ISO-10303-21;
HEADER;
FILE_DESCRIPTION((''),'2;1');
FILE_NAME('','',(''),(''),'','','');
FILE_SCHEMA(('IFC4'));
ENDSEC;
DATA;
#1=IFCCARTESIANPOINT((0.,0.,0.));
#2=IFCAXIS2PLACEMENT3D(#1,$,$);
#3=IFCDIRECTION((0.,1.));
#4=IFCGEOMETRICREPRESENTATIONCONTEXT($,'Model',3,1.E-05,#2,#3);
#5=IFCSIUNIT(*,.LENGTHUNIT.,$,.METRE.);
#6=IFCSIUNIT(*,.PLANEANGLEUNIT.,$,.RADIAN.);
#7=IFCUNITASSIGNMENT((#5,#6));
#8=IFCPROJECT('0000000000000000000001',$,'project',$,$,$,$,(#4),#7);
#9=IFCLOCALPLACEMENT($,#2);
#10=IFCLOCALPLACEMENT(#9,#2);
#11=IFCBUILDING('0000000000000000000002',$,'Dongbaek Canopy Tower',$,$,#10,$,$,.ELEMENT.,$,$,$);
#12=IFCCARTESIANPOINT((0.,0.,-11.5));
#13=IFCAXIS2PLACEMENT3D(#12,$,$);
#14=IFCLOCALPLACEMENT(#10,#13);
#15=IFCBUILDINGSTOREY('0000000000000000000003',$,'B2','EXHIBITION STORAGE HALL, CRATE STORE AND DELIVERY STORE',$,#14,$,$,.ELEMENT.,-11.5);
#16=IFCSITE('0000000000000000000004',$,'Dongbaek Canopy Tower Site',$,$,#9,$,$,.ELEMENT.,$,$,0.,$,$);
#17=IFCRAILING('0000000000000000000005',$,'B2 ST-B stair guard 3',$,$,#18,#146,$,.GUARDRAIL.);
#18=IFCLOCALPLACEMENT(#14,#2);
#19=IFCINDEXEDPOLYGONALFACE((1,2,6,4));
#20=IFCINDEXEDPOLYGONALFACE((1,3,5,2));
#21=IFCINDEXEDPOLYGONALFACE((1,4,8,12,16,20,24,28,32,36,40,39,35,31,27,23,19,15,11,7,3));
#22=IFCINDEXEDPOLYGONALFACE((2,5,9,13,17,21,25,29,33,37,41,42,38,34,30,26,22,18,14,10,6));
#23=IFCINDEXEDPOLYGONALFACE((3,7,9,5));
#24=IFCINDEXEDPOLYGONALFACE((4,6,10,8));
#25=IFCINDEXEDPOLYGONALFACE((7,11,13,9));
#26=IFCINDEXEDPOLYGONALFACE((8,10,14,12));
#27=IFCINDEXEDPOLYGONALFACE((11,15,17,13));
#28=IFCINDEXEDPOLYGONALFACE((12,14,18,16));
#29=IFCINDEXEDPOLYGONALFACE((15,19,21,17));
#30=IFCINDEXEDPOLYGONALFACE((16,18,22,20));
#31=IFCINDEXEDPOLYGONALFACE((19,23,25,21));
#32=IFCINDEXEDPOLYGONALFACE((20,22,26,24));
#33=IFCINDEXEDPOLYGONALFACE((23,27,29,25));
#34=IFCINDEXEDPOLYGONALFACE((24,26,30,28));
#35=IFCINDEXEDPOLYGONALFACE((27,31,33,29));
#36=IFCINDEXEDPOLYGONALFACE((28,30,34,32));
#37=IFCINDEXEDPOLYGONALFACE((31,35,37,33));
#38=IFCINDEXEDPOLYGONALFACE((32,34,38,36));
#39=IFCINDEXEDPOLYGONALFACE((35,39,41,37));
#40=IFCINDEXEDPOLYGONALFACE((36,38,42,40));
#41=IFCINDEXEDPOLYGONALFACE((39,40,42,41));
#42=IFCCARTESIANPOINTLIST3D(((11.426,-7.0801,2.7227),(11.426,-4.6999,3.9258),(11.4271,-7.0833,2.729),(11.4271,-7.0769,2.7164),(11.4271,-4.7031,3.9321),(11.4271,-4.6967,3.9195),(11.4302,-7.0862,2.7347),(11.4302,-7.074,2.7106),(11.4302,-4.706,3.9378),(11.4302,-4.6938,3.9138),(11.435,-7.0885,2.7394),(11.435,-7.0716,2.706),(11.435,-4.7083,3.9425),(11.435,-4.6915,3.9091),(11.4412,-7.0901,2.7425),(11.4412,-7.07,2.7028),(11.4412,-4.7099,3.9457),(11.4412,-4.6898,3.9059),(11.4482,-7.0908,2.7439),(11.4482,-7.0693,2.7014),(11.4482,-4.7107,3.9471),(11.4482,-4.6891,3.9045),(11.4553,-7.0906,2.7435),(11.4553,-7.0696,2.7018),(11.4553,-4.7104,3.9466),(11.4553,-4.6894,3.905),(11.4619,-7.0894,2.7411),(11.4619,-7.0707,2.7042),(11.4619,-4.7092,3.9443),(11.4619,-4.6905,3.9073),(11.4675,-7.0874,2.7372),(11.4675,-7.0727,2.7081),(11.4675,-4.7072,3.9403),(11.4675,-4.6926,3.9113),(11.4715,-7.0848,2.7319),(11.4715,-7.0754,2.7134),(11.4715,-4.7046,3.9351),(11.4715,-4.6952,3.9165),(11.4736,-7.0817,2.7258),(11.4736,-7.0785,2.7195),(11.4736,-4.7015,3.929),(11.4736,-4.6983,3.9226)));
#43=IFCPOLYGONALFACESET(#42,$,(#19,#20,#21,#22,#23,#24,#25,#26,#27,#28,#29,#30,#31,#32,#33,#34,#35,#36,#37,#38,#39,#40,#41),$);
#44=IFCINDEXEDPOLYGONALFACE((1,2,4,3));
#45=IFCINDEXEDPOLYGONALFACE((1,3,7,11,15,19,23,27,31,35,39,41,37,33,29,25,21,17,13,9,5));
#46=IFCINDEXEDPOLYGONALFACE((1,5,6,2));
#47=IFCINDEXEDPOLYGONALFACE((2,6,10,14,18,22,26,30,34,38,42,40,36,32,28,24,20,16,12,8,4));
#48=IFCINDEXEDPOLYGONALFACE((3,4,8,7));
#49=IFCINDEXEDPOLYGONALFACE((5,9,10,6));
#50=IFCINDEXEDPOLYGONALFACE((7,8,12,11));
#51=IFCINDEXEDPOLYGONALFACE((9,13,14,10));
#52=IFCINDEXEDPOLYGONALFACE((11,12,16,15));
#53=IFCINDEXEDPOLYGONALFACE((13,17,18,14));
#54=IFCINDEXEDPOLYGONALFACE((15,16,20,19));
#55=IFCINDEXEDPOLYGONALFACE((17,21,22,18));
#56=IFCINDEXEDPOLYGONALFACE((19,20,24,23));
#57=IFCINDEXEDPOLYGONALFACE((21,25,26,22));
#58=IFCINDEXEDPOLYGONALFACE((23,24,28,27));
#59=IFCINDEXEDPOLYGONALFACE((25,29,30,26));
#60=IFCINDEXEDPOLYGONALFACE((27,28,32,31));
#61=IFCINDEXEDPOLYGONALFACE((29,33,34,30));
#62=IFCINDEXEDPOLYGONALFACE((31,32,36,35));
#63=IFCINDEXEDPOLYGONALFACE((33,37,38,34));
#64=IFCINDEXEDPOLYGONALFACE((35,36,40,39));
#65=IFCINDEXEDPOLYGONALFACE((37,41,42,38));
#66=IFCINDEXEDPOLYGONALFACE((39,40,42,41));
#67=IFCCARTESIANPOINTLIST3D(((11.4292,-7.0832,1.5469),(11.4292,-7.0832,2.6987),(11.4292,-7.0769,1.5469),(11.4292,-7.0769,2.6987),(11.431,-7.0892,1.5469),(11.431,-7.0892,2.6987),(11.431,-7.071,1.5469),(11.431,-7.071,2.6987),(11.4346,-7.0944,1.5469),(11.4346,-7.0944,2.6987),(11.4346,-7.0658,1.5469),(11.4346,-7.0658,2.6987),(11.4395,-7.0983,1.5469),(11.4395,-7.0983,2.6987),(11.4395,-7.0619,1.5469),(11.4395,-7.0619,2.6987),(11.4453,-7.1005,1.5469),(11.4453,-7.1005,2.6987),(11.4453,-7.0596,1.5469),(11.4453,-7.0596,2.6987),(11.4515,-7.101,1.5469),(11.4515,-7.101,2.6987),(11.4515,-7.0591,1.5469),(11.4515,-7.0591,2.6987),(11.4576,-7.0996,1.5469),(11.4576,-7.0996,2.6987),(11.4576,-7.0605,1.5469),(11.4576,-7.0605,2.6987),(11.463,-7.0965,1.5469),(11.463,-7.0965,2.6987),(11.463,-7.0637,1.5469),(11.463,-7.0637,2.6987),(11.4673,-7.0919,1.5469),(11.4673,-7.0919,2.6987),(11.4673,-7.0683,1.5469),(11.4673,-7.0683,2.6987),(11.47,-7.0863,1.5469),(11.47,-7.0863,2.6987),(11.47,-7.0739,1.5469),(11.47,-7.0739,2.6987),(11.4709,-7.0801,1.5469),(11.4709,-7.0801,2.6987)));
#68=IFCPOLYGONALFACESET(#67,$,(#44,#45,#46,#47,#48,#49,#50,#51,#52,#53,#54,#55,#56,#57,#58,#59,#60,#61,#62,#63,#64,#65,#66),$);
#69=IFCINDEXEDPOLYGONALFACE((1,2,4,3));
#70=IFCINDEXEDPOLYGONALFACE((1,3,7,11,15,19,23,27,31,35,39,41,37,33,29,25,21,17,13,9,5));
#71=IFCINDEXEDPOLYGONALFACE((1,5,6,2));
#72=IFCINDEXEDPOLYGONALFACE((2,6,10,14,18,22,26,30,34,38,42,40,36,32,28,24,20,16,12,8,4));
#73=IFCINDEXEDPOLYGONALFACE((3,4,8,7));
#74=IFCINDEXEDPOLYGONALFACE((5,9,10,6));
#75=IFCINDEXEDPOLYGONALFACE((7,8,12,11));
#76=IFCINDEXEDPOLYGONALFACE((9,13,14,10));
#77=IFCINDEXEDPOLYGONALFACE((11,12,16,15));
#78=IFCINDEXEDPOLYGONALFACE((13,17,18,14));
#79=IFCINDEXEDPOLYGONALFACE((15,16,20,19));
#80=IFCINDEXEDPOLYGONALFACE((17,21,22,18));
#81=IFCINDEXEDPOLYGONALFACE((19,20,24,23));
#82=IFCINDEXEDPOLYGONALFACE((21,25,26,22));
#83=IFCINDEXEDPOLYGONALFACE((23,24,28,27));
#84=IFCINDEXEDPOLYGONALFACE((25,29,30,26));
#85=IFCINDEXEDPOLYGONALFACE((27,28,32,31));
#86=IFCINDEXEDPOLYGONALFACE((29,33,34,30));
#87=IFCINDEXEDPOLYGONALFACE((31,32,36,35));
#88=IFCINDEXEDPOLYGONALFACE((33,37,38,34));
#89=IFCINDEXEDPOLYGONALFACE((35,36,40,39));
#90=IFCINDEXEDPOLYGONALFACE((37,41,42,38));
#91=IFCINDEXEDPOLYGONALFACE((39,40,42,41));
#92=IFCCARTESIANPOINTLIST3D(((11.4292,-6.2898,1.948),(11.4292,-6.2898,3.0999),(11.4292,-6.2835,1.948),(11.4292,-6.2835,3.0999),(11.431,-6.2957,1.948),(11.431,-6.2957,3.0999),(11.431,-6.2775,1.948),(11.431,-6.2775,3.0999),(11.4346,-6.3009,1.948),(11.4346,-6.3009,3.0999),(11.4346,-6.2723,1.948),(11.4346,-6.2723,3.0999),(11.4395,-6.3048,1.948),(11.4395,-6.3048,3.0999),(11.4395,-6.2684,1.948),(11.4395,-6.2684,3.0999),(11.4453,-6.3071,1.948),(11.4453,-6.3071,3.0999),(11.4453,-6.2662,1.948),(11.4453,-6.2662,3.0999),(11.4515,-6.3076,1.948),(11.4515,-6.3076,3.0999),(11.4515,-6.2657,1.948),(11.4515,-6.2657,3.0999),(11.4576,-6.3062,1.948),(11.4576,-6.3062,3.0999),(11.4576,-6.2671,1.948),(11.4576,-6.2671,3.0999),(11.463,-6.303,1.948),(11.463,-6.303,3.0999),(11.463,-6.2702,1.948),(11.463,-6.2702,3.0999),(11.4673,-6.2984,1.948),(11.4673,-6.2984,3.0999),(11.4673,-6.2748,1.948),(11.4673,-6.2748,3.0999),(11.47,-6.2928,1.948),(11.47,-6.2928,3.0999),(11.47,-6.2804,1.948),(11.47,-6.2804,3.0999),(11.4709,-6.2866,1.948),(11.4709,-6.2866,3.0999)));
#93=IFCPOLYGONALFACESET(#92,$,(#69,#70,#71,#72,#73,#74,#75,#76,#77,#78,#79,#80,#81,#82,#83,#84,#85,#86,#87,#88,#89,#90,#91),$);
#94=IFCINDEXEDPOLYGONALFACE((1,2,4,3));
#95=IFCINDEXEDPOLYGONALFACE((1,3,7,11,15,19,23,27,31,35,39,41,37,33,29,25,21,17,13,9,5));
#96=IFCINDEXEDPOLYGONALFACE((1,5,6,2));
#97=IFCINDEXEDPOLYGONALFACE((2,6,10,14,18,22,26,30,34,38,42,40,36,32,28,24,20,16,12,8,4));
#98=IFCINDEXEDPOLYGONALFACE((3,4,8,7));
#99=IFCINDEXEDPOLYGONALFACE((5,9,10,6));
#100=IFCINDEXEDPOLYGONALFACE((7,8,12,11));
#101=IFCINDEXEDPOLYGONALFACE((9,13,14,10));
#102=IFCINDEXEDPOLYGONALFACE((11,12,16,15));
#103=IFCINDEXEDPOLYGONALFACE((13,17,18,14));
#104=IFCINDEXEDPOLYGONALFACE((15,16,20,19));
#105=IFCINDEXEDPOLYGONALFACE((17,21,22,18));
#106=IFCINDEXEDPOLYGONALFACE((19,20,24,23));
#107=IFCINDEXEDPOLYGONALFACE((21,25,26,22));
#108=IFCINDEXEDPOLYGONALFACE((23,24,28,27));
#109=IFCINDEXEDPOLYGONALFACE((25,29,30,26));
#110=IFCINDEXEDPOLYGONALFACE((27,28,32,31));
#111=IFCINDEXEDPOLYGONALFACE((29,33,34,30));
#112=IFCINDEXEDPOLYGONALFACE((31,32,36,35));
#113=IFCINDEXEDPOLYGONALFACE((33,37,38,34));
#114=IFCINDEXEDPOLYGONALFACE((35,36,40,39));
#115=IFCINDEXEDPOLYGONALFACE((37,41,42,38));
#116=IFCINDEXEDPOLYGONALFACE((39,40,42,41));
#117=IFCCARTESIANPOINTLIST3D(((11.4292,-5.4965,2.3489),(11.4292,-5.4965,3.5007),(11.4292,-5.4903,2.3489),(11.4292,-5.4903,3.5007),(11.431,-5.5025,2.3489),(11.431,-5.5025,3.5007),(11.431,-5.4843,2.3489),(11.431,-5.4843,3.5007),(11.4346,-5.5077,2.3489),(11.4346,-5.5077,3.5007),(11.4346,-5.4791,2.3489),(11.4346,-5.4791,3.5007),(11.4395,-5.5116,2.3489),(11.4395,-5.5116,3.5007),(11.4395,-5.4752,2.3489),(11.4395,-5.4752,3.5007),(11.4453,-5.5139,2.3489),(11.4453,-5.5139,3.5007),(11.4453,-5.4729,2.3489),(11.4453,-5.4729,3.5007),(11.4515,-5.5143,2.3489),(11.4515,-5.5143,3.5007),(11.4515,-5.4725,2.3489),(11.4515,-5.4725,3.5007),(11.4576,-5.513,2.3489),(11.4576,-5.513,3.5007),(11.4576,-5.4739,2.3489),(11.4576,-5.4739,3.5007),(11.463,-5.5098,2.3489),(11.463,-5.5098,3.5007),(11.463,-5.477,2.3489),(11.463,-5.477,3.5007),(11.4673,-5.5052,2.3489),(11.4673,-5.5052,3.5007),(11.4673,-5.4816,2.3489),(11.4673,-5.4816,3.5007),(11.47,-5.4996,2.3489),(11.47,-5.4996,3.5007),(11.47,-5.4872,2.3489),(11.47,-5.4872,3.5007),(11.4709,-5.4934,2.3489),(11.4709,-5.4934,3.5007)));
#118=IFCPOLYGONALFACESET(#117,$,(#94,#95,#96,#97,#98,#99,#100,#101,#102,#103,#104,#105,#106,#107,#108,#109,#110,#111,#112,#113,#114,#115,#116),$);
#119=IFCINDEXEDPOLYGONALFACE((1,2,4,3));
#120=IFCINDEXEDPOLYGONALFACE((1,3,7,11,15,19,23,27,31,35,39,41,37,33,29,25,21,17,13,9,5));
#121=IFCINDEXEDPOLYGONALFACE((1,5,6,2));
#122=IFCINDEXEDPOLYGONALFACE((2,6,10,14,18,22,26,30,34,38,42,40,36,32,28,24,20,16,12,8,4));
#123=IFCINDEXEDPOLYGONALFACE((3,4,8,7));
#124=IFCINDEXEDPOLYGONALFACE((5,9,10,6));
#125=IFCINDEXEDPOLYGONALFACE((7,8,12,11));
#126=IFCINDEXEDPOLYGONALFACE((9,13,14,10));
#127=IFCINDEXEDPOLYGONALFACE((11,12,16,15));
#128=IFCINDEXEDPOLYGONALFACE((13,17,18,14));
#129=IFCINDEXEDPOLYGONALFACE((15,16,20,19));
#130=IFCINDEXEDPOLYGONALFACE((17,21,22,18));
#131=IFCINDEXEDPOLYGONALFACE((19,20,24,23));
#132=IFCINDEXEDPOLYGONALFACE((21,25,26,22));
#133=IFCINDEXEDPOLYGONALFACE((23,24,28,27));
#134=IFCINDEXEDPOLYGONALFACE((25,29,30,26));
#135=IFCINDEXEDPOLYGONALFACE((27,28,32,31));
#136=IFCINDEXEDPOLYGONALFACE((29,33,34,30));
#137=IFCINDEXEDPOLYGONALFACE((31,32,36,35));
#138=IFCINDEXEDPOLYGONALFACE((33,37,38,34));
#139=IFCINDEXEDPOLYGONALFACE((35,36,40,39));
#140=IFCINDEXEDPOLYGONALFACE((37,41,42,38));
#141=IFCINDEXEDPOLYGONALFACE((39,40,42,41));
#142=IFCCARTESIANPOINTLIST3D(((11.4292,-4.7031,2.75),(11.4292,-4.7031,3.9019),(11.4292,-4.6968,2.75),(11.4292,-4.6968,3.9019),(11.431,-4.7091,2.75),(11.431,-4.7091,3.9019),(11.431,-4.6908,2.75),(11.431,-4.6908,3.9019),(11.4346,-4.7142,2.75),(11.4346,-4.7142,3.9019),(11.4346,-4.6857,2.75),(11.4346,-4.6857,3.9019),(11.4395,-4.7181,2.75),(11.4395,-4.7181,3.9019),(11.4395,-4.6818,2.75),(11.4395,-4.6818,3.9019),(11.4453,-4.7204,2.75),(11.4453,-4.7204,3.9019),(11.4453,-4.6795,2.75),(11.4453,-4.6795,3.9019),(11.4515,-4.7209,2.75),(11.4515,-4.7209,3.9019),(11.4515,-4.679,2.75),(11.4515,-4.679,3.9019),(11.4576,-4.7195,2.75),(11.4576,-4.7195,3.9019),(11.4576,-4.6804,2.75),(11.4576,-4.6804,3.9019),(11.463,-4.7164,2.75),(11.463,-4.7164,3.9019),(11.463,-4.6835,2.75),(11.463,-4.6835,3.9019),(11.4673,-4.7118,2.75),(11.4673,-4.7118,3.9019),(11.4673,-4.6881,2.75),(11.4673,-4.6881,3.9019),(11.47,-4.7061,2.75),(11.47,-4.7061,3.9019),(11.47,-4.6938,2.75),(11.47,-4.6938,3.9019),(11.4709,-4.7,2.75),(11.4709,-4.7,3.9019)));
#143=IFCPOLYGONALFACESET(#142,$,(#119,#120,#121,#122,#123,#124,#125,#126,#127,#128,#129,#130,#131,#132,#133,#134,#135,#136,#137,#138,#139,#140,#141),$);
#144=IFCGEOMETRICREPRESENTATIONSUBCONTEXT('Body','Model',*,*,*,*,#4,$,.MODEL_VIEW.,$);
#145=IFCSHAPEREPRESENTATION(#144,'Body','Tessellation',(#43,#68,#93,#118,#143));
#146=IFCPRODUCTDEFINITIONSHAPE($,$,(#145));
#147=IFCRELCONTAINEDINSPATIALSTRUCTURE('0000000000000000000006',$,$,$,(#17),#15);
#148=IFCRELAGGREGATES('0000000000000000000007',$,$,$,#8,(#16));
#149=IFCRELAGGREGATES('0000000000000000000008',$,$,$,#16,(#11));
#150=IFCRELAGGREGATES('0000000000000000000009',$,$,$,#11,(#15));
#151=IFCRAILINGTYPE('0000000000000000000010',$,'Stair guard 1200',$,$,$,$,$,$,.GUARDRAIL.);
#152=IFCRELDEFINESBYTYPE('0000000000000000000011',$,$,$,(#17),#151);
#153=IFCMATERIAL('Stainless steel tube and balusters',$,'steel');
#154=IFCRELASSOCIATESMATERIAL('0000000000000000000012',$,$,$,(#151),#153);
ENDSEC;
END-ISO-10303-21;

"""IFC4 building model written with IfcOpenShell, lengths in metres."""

from ifc_helpers import new_model, si_unit, direction, frame, origin, origin_2d, place, context, subcontext, project, spatial, circle, extrude, material, type_object, element, save


model = new_model("IFC4")

# Units and contexts
model_context = context("Model", 3, precision=1e-05, world=origin(), true_north=direction((0.0, 1.0)))
body_context = subcontext(model_context, "Body", "Model", "MODEL_VIEW")
ifc_project = project(units=[si_unit("LENGTHUNIT", "METRE"), si_unit("PLANEANGLEUNIT", "RADIAN")], contexts=[model_context])

# Site, building, storey
site_placement = place(None, origin())
site = spatial("IfcSite", under=ifc_project, at=site_placement, Name="Dongbaek Canopy Tower Site", CompositionType="ELEMENT", RefElevation=0.0)
building_placement = place(site_placement, origin())
building = spatial("IfcBuilding", under=site, at=building_placement, Name="Dongbaek Canopy Tower", CompositionType="ELEMENT")
storey_placement = place(building_placement, frame((0.0, 0.0, -11.5)))
storey = spatial("IfcBuildingStorey", under=building, at=storey_placement, Name="B2", Description="EXHIBITION STORAGE HALL, CRATE STORE AND DELIVERY STORE", CompositionType="ELEMENT", Elevation=-11.5)

# Railing
ifc_material_1 = material(Name="Stainless steel tube and balusters", Category="steel")
railing_type_1 = type_object("IfcRailingType", Name="Stair guard 1200", PredefinedType="GUARDRAIL", material=ifc_material_1)
railing_1_placement = place(storey_placement, frame((11.45, -7.0801, 1.5469)))
element("IfcRailing", 1, at=railing_1_placement, inside=storey, type_object=railing_type_1, Name="B2 ST-B stair guard 3", PredefinedType="GUARDRAIL", context=body_context, shape_type="SweptSolid", body=[
    extrude(circle(Radius=0.0239, at=origin_2d()), frame((0.0, 0.0, 1.1758), z_axis=(0.0, 0.89246, 0.451127), x_axis=(-1.0, 0.0, 0.0)), (0.0, 0.0, 1.0), 2.667),
    extrude(circle(Radius=0.021, at=origin_2d()), origin(), (0.0, 0.0, 1.0), 1.1519),
    extrude(circle(Radius=0.021, at=origin_2d()), frame((0.0, 0.7935, 0.4011)), (0.0, 0.0, 1.0), 1.1519),
    extrude(circle(Radius=0.021, at=origin_2d()), frame((0.0, 1.5867, 0.802)), (0.0, 0.0, 1.0), 1.1519),
    extrude(circle(Radius=0.021, at=origin_2d()), frame((0.0, 2.3801, 1.2031)), (0.0, 0.0, 1.0), 1.1519),
])

save(model, "model.ifc")
